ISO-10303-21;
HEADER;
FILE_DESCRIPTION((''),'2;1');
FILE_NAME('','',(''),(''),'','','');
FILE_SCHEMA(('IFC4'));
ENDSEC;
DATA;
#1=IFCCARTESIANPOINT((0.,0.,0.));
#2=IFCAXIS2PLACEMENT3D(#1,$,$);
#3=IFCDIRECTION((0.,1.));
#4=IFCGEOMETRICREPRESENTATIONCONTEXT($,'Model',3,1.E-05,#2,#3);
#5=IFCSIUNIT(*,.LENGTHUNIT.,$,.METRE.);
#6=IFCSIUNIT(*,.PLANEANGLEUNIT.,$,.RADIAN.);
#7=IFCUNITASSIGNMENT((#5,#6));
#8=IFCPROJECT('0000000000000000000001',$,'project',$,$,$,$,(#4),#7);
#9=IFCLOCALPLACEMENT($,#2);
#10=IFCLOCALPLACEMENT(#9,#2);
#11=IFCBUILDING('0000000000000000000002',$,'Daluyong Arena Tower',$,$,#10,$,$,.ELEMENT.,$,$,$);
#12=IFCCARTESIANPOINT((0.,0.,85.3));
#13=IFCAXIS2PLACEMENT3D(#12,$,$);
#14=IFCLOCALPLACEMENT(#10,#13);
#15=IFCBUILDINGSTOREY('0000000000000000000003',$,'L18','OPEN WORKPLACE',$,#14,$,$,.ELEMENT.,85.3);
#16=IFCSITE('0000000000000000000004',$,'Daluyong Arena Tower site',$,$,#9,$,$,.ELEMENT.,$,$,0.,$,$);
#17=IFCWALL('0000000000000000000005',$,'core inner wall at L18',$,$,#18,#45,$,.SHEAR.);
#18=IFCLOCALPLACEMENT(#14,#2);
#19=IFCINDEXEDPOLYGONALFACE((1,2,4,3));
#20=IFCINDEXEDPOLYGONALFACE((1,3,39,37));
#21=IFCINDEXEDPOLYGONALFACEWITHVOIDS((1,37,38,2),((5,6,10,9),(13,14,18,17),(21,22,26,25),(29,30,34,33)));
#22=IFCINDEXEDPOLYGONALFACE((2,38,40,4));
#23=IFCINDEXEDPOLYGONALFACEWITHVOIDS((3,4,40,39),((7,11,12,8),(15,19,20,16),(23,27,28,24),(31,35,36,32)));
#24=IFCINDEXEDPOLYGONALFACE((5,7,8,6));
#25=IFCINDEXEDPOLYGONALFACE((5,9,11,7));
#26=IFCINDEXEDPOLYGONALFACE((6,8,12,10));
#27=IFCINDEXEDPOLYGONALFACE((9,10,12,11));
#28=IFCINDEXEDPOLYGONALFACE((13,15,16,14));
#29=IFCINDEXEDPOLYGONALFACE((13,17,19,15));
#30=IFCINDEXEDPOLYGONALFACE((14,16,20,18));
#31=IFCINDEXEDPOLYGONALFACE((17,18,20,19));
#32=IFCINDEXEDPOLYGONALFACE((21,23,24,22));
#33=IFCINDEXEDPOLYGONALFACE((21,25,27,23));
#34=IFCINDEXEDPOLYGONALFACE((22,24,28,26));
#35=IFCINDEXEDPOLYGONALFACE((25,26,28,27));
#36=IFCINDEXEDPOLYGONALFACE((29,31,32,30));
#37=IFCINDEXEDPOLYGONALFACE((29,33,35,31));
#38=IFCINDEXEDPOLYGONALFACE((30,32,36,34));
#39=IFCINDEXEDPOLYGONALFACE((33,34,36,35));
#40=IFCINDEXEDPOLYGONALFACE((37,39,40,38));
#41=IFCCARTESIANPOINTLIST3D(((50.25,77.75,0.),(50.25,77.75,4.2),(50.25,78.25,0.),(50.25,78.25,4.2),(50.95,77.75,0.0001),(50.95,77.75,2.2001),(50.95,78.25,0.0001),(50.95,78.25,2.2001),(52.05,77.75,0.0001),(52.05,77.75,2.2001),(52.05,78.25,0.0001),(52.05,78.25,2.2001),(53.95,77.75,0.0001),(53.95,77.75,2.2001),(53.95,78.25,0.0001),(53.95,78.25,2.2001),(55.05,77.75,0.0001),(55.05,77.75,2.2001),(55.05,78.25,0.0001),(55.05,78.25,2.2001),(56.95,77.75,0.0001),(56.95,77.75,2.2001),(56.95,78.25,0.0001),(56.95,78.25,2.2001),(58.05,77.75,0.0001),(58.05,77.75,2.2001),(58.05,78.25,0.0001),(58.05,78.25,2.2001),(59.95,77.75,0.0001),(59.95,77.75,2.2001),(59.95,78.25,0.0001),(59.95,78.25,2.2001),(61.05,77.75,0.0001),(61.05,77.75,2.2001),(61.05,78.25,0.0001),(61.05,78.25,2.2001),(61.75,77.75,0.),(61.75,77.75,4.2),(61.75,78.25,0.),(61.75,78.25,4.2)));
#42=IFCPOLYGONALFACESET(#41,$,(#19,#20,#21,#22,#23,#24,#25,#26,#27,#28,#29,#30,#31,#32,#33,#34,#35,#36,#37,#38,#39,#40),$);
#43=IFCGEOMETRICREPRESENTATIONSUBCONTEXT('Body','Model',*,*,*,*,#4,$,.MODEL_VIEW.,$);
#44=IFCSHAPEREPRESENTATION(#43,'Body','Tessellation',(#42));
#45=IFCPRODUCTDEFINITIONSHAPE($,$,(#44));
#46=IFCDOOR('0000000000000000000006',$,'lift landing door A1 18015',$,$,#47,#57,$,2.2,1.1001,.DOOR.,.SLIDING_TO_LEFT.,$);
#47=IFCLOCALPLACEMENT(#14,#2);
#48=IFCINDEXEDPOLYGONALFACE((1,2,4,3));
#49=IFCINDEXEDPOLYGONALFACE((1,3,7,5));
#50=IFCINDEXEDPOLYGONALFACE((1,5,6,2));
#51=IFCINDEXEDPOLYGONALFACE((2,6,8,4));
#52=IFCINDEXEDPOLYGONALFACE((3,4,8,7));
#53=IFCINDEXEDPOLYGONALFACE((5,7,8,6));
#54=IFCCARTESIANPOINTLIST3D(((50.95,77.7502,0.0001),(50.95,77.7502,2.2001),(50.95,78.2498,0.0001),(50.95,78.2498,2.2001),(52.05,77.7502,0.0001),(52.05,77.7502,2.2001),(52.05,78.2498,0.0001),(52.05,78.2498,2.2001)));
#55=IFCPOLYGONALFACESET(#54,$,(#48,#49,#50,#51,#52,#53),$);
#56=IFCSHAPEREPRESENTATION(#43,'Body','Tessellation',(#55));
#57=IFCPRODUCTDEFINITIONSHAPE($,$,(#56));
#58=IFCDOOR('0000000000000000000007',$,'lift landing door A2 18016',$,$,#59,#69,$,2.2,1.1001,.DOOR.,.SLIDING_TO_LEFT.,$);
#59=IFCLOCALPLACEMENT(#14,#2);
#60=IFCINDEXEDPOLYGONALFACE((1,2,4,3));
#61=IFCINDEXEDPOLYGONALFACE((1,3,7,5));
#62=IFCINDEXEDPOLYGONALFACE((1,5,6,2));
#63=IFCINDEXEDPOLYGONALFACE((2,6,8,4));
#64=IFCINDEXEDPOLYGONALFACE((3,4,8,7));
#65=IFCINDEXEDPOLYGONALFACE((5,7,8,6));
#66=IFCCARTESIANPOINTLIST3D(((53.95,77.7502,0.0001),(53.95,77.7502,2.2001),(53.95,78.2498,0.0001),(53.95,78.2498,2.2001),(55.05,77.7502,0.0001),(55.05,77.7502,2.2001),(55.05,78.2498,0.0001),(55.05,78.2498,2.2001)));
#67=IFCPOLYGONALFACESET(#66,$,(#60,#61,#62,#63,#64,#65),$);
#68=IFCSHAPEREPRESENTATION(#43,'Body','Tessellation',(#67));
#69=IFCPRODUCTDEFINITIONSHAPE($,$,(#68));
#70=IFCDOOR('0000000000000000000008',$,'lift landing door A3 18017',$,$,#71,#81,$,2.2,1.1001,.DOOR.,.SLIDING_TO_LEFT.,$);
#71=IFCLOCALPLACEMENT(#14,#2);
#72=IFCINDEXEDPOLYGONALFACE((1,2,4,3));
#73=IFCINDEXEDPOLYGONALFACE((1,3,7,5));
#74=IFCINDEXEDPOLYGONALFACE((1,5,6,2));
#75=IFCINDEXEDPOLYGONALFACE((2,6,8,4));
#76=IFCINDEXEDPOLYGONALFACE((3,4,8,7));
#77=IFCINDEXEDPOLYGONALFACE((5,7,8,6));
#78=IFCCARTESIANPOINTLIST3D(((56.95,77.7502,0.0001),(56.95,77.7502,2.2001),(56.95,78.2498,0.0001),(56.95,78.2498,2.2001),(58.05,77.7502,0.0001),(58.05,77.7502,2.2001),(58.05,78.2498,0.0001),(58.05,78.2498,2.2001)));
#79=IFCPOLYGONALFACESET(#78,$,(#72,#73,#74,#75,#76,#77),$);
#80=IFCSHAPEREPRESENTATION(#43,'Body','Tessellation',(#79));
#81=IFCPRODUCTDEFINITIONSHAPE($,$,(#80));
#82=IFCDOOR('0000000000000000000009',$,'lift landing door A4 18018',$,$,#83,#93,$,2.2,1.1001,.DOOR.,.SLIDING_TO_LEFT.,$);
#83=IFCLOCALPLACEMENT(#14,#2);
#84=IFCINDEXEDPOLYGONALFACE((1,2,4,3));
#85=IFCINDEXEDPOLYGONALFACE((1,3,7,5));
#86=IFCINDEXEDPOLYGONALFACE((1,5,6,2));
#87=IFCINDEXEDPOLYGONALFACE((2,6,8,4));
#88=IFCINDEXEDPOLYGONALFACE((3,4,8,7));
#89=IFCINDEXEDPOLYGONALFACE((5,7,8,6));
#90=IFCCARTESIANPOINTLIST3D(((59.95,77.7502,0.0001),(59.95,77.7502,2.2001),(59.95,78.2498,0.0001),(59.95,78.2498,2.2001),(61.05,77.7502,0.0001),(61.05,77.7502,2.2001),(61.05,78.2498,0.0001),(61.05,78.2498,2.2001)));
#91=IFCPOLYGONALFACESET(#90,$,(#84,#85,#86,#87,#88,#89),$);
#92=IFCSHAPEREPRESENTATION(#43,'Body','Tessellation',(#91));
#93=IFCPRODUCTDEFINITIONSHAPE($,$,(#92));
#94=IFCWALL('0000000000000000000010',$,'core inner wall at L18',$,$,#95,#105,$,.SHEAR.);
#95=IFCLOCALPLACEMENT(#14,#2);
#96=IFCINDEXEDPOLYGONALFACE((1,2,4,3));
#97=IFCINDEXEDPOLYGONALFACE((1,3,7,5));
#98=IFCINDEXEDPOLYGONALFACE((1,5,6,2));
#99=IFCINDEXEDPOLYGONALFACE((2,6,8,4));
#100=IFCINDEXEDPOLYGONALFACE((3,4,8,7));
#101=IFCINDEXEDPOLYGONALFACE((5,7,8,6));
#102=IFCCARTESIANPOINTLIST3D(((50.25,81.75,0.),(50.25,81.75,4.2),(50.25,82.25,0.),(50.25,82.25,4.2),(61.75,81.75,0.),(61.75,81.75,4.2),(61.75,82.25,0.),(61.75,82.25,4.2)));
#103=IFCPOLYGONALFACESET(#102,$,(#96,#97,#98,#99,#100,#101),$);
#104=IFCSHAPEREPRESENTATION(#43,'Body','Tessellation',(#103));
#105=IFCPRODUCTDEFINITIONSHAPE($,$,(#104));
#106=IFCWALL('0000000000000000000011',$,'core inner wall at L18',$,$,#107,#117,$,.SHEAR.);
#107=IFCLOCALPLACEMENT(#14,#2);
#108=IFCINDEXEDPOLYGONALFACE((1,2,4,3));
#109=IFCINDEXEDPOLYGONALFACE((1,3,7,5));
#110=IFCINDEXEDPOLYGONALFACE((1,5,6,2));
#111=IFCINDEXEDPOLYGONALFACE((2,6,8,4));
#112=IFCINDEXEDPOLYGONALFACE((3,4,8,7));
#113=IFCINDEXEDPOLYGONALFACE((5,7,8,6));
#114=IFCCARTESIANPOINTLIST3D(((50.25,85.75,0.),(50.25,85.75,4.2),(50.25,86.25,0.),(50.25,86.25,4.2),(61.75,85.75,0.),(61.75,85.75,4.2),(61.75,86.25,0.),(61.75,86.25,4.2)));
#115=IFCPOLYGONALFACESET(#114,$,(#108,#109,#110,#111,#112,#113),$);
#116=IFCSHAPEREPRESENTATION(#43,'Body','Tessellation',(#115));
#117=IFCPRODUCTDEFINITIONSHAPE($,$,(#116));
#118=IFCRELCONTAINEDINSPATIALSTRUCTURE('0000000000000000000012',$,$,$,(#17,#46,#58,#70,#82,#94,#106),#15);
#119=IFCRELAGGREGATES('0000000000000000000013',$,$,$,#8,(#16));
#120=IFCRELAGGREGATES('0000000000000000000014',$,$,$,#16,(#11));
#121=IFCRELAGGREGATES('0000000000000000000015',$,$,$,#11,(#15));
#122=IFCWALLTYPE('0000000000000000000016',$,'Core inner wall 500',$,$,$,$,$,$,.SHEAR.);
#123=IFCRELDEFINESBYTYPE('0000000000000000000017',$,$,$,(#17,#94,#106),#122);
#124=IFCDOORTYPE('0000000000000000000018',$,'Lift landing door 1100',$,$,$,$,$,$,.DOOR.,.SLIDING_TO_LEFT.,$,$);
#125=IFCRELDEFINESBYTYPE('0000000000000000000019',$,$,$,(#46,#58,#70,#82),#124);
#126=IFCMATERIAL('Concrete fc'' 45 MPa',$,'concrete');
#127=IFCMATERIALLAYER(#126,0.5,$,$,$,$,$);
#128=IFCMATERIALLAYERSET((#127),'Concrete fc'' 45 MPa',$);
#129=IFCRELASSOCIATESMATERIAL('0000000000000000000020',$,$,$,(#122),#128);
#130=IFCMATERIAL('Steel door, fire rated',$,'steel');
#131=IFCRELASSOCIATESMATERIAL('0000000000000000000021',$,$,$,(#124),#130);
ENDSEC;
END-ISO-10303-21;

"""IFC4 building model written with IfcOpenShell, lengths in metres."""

from ifc_helpers import new_model, si_unit, direction, frame, frame_2d, origin, place, context, subcontext, project, spatial, rectangle, extrude, material, layer, layer_set, type_object, element, fill, save


model = new_model("IFC4")

# Units and contexts
model_context = context("Model", 3, precision=1e-05, world=origin(), true_north=direction((0.0, 1.0)))
body_context = subcontext(model_context, "Body", "Model", "MODEL_VIEW")
ifc_project = project(units=[si_unit("LENGTHUNIT", "METRE"), si_unit("PLANEANGLEUNIT", "RADIAN")], contexts=[model_context])

# Site, building, storey
site_placement = place(None, origin())
site = spatial("IfcSite", under=ifc_project, at=site_placement, Name="Daluyong Arena Tower site", CompositionType="ELEMENT", RefElevation=0.0)
building_placement = place(site_placement, origin())
building = spatial("IfcBuilding", under=site, at=building_placement, Name="Daluyong Arena Tower", CompositionType="ELEMENT")
storey_placement = place(building_placement, frame((0.0, 0.0, 85.3)))
storey = spatial("IfcBuildingStorey", under=building, at=storey_placement, Name="L18", Description="OPEN WORKPLACE", CompositionType="ELEMENT", Elevation=85.3)

# Shared definitions
ifc_material_1 = material(Name="Concrete fc' 45 MPa", Category="concrete")
ifc_layer_1 = layer(ifc_material_1, 0.5)
ifc_layer_set_1 = layer_set([ifc_layer_1], Name="Concrete fc' 45 MPa")
wall_type_1 = type_object("IfcWallType", Name="Core inner wall 500", PredefinedType="SHEAR", material=ifc_layer_set_1)

# Wall, openings, doors
wall_1_placement = place(storey_placement, frame((50.25, 78.0, 0.0), z_axis=(0.0, 0.0, 1.0), x_axis=(1.0, 0.0, 0.0)))
wall_1 = element("IfcWall", 1, at=wall_1_placement, inside=storey, type_object=wall_type_1, Name="core inner wall at L18", PredefinedType="SHEAR", context=body_context, shape_type="SweptSolid", body=[
    extrude(rectangle(XDim=11.5, YDim=0.5, at=frame_2d((5.75, 0.0))), origin(), (0.0, 0.0, 1.0), 4.2),
])
opening_1_placement = place(wall_1_placement, frame((0.7, 0.0, 0.0)))
opening_1 = element("IfcOpeningElement", 2, at=opening_1_placement, cuts=wall_1, PredefinedType="OPENING", context=body_context, shape_type="SweptSolid", body=[
    extrude(rectangle(XDim=1.1001, YDim=2.2, at=frame_2d((0.55, 1.1001))), frame((0.0, 0.26, 0.0), z_axis=(0.0, -1.0, 0.0), x_axis=(1.0, 0.0, 0.0)), (0.0, 0.0, 1.0), 0.52),
])
opening_2_placement = place(wall_1_placement, frame((3.7, 0.0, 0.0)))
opening_2 = element("IfcOpeningElement", 3, at=opening_2_placement, cuts=wall_1, PredefinedType="OPENING", context=body_context, shape_type="SweptSolid", body=[
    extrude(rectangle(XDim=1.1001, YDim=2.2, at=frame_2d((0.55, 1.1001))), frame((0.0, 0.26, 0.0), z_axis=(0.0, -1.0, 0.0), x_axis=(1.0, 0.0, 0.0)), (0.0, 0.0, 1.0), 0.52),
])
opening_3_placement = place(wall_1_placement, frame((6.7, 0.0, 0.0)))
opening_3 = element("IfcOpeningElement", 4, at=opening_3_placement, cuts=wall_1, PredefinedType="OPENING", context=body_context, shape_type="SweptSolid", body=[
    extrude(rectangle(XDim=1.1001, YDim=2.2, at=frame_2d((0.55, 1.1001))), frame((0.0, 0.26, 0.0), z_axis=(0.0, -1.0, 0.0), x_axis=(1.0, 0.0, 0.0)), (0.0, 0.0, 1.0), 0.52),
])
opening_4_placement = place(wall_1_placement, frame((9.7, 0.0, 0.0)))
opening_4 = element("IfcOpeningElement", 5, at=opening_4_placement, cuts=wall_1, PredefinedType="OPENING", context=body_context, shape_type="SweptSolid", body=[
    extrude(rectangle(XDim=1.1001, YDim=2.2, at=frame_2d((0.55, 1.1001))), frame((0.0, 0.26, 0.0), z_axis=(0.0, -1.0, 0.0), x_axis=(1.0, 0.0, 0.0)), (0.0, 0.0, 1.0), 0.52),
])
ifc_material_2 = material(Name="Steel door, fire rated", Category="steel")
door_type_1 = type_object("IfcDoorType", Name="Lift landing door 1100", OperationType="SLIDING_TO_LEFT", PredefinedType="DOOR", material=ifc_material_2)
door_1_placement = place(opening_1_placement, origin())
door_1 = element("IfcDoor", 6, at=door_1_placement, inside=storey, type_object=door_type_1, Name="lift landing door A1 18015", OperationType="SLIDING_TO_LEFT", OverallHeight=2.2, OverallWidth=1.1001, PredefinedType="DOOR", context=body_context, shape_type="SweptSolid", body=[
    extrude(rectangle(XDim=1.1001, YDim=2.2, at=frame_2d((0.55, 1.1001))), frame((0.0, 0.2498, 0.0), z_axis=(0.0, -1.0, 0.0), x_axis=(1.0, 0.0, 0.0)), (0.0, 0.0, 1.0), 0.4995),
])
fill(opening_1, door_1)
door_2_placement = place(opening_2_placement, origin())
door_2 = element("IfcDoor", 7, at=door_2_placement, inside=storey, type_object=door_type_1, Name="lift landing door A2 18016", OperationType="SLIDING_TO_LEFT", OverallHeight=2.2, OverallWidth=1.1001, PredefinedType="DOOR", context=body_context, shape_type="SweptSolid", body=[
    extrude(rectangle(XDim=1.1001, YDim=2.2, at=frame_2d((0.55, 1.1001))), frame((0.0, 0.2498, 0.0), z_axis=(0.0, -1.0, 0.0), x_axis=(1.0, 0.0, 0.0)), (0.0, 0.0, 1.0), 0.4995),
])
fill(opening_2, door_2)
door_3_placement = place(opening_3_placement, origin())
door_3 = element("IfcDoor", 8, at=door_3_placement, inside=storey, type_object=door_type_1, Name="lift landing door A3 18017", OperationType="SLIDING_TO_LEFT", OverallHeight=2.2, OverallWidth=1.1001, PredefinedType="DOOR", context=body_context, shape_type="SweptSolid", body=[
    extrude(rectangle(XDim=1.1001, YDim=2.2, at=frame_2d((0.55, 1.1001))), frame((0.0, 0.2498, 0.0), z_axis=(0.0, -1.0, 0.0), x_axis=(1.0, 0.0, 0.0)), (0.0, 0.0, 1.0), 0.4995),
])
fill(opening_3, door_3)
door_4_placement = place(opening_4_placement, origin())
door_4 = element("IfcDoor", 9, at=door_4_placement, inside=storey, type_object=door_type_1, Name="lift landing door A4 18018", OperationType="SLIDING_TO_LEFT", OverallHeight=2.2, OverallWidth=1.1001, PredefinedType="DOOR", context=body_context, shape_type="SweptSolid", body=[
    extrude(rectangle(XDim=1.1001, YDim=2.2, at=frame_2d((0.55, 1.1001))), frame((0.0, 0.2498, 0.0), z_axis=(0.0, -1.0, 0.0), x_axis=(1.0, 0.0, 0.0)), (0.0, 0.0, 1.0), 0.4995),
])
fill(opening_4, door_4)

# Walls
for number, where, z_axis, x_axis, name in (
    (10, (50.25, 82.0, 0.0), (0.0, 0.0, 1.0), (1.0, 0.0, 0.0), "core inner wall at L18"),
    (11, (50.25, 86.0, 0.0), (0.0, 0.0, 1.0), (1.0, 0.0, 0.0), "core inner wall at L18"),
):
    element("IfcWall", number, at=place(storey_placement, frame(where, z_axis=z_axis, x_axis=x_axis)), inside=storey, type_object=wall_type_1, Name=name, PredefinedType="SHEAR", context=body_context, shape_type="SweptSolid", body=[
        extrude(rectangle(XDim=11.5, YDim=0.5, at=frame_2d((5.75, 0.0))), origin(), (0.0, 0.0, 1.0), 4.2),
    ])

save(model, "model.ifc")
